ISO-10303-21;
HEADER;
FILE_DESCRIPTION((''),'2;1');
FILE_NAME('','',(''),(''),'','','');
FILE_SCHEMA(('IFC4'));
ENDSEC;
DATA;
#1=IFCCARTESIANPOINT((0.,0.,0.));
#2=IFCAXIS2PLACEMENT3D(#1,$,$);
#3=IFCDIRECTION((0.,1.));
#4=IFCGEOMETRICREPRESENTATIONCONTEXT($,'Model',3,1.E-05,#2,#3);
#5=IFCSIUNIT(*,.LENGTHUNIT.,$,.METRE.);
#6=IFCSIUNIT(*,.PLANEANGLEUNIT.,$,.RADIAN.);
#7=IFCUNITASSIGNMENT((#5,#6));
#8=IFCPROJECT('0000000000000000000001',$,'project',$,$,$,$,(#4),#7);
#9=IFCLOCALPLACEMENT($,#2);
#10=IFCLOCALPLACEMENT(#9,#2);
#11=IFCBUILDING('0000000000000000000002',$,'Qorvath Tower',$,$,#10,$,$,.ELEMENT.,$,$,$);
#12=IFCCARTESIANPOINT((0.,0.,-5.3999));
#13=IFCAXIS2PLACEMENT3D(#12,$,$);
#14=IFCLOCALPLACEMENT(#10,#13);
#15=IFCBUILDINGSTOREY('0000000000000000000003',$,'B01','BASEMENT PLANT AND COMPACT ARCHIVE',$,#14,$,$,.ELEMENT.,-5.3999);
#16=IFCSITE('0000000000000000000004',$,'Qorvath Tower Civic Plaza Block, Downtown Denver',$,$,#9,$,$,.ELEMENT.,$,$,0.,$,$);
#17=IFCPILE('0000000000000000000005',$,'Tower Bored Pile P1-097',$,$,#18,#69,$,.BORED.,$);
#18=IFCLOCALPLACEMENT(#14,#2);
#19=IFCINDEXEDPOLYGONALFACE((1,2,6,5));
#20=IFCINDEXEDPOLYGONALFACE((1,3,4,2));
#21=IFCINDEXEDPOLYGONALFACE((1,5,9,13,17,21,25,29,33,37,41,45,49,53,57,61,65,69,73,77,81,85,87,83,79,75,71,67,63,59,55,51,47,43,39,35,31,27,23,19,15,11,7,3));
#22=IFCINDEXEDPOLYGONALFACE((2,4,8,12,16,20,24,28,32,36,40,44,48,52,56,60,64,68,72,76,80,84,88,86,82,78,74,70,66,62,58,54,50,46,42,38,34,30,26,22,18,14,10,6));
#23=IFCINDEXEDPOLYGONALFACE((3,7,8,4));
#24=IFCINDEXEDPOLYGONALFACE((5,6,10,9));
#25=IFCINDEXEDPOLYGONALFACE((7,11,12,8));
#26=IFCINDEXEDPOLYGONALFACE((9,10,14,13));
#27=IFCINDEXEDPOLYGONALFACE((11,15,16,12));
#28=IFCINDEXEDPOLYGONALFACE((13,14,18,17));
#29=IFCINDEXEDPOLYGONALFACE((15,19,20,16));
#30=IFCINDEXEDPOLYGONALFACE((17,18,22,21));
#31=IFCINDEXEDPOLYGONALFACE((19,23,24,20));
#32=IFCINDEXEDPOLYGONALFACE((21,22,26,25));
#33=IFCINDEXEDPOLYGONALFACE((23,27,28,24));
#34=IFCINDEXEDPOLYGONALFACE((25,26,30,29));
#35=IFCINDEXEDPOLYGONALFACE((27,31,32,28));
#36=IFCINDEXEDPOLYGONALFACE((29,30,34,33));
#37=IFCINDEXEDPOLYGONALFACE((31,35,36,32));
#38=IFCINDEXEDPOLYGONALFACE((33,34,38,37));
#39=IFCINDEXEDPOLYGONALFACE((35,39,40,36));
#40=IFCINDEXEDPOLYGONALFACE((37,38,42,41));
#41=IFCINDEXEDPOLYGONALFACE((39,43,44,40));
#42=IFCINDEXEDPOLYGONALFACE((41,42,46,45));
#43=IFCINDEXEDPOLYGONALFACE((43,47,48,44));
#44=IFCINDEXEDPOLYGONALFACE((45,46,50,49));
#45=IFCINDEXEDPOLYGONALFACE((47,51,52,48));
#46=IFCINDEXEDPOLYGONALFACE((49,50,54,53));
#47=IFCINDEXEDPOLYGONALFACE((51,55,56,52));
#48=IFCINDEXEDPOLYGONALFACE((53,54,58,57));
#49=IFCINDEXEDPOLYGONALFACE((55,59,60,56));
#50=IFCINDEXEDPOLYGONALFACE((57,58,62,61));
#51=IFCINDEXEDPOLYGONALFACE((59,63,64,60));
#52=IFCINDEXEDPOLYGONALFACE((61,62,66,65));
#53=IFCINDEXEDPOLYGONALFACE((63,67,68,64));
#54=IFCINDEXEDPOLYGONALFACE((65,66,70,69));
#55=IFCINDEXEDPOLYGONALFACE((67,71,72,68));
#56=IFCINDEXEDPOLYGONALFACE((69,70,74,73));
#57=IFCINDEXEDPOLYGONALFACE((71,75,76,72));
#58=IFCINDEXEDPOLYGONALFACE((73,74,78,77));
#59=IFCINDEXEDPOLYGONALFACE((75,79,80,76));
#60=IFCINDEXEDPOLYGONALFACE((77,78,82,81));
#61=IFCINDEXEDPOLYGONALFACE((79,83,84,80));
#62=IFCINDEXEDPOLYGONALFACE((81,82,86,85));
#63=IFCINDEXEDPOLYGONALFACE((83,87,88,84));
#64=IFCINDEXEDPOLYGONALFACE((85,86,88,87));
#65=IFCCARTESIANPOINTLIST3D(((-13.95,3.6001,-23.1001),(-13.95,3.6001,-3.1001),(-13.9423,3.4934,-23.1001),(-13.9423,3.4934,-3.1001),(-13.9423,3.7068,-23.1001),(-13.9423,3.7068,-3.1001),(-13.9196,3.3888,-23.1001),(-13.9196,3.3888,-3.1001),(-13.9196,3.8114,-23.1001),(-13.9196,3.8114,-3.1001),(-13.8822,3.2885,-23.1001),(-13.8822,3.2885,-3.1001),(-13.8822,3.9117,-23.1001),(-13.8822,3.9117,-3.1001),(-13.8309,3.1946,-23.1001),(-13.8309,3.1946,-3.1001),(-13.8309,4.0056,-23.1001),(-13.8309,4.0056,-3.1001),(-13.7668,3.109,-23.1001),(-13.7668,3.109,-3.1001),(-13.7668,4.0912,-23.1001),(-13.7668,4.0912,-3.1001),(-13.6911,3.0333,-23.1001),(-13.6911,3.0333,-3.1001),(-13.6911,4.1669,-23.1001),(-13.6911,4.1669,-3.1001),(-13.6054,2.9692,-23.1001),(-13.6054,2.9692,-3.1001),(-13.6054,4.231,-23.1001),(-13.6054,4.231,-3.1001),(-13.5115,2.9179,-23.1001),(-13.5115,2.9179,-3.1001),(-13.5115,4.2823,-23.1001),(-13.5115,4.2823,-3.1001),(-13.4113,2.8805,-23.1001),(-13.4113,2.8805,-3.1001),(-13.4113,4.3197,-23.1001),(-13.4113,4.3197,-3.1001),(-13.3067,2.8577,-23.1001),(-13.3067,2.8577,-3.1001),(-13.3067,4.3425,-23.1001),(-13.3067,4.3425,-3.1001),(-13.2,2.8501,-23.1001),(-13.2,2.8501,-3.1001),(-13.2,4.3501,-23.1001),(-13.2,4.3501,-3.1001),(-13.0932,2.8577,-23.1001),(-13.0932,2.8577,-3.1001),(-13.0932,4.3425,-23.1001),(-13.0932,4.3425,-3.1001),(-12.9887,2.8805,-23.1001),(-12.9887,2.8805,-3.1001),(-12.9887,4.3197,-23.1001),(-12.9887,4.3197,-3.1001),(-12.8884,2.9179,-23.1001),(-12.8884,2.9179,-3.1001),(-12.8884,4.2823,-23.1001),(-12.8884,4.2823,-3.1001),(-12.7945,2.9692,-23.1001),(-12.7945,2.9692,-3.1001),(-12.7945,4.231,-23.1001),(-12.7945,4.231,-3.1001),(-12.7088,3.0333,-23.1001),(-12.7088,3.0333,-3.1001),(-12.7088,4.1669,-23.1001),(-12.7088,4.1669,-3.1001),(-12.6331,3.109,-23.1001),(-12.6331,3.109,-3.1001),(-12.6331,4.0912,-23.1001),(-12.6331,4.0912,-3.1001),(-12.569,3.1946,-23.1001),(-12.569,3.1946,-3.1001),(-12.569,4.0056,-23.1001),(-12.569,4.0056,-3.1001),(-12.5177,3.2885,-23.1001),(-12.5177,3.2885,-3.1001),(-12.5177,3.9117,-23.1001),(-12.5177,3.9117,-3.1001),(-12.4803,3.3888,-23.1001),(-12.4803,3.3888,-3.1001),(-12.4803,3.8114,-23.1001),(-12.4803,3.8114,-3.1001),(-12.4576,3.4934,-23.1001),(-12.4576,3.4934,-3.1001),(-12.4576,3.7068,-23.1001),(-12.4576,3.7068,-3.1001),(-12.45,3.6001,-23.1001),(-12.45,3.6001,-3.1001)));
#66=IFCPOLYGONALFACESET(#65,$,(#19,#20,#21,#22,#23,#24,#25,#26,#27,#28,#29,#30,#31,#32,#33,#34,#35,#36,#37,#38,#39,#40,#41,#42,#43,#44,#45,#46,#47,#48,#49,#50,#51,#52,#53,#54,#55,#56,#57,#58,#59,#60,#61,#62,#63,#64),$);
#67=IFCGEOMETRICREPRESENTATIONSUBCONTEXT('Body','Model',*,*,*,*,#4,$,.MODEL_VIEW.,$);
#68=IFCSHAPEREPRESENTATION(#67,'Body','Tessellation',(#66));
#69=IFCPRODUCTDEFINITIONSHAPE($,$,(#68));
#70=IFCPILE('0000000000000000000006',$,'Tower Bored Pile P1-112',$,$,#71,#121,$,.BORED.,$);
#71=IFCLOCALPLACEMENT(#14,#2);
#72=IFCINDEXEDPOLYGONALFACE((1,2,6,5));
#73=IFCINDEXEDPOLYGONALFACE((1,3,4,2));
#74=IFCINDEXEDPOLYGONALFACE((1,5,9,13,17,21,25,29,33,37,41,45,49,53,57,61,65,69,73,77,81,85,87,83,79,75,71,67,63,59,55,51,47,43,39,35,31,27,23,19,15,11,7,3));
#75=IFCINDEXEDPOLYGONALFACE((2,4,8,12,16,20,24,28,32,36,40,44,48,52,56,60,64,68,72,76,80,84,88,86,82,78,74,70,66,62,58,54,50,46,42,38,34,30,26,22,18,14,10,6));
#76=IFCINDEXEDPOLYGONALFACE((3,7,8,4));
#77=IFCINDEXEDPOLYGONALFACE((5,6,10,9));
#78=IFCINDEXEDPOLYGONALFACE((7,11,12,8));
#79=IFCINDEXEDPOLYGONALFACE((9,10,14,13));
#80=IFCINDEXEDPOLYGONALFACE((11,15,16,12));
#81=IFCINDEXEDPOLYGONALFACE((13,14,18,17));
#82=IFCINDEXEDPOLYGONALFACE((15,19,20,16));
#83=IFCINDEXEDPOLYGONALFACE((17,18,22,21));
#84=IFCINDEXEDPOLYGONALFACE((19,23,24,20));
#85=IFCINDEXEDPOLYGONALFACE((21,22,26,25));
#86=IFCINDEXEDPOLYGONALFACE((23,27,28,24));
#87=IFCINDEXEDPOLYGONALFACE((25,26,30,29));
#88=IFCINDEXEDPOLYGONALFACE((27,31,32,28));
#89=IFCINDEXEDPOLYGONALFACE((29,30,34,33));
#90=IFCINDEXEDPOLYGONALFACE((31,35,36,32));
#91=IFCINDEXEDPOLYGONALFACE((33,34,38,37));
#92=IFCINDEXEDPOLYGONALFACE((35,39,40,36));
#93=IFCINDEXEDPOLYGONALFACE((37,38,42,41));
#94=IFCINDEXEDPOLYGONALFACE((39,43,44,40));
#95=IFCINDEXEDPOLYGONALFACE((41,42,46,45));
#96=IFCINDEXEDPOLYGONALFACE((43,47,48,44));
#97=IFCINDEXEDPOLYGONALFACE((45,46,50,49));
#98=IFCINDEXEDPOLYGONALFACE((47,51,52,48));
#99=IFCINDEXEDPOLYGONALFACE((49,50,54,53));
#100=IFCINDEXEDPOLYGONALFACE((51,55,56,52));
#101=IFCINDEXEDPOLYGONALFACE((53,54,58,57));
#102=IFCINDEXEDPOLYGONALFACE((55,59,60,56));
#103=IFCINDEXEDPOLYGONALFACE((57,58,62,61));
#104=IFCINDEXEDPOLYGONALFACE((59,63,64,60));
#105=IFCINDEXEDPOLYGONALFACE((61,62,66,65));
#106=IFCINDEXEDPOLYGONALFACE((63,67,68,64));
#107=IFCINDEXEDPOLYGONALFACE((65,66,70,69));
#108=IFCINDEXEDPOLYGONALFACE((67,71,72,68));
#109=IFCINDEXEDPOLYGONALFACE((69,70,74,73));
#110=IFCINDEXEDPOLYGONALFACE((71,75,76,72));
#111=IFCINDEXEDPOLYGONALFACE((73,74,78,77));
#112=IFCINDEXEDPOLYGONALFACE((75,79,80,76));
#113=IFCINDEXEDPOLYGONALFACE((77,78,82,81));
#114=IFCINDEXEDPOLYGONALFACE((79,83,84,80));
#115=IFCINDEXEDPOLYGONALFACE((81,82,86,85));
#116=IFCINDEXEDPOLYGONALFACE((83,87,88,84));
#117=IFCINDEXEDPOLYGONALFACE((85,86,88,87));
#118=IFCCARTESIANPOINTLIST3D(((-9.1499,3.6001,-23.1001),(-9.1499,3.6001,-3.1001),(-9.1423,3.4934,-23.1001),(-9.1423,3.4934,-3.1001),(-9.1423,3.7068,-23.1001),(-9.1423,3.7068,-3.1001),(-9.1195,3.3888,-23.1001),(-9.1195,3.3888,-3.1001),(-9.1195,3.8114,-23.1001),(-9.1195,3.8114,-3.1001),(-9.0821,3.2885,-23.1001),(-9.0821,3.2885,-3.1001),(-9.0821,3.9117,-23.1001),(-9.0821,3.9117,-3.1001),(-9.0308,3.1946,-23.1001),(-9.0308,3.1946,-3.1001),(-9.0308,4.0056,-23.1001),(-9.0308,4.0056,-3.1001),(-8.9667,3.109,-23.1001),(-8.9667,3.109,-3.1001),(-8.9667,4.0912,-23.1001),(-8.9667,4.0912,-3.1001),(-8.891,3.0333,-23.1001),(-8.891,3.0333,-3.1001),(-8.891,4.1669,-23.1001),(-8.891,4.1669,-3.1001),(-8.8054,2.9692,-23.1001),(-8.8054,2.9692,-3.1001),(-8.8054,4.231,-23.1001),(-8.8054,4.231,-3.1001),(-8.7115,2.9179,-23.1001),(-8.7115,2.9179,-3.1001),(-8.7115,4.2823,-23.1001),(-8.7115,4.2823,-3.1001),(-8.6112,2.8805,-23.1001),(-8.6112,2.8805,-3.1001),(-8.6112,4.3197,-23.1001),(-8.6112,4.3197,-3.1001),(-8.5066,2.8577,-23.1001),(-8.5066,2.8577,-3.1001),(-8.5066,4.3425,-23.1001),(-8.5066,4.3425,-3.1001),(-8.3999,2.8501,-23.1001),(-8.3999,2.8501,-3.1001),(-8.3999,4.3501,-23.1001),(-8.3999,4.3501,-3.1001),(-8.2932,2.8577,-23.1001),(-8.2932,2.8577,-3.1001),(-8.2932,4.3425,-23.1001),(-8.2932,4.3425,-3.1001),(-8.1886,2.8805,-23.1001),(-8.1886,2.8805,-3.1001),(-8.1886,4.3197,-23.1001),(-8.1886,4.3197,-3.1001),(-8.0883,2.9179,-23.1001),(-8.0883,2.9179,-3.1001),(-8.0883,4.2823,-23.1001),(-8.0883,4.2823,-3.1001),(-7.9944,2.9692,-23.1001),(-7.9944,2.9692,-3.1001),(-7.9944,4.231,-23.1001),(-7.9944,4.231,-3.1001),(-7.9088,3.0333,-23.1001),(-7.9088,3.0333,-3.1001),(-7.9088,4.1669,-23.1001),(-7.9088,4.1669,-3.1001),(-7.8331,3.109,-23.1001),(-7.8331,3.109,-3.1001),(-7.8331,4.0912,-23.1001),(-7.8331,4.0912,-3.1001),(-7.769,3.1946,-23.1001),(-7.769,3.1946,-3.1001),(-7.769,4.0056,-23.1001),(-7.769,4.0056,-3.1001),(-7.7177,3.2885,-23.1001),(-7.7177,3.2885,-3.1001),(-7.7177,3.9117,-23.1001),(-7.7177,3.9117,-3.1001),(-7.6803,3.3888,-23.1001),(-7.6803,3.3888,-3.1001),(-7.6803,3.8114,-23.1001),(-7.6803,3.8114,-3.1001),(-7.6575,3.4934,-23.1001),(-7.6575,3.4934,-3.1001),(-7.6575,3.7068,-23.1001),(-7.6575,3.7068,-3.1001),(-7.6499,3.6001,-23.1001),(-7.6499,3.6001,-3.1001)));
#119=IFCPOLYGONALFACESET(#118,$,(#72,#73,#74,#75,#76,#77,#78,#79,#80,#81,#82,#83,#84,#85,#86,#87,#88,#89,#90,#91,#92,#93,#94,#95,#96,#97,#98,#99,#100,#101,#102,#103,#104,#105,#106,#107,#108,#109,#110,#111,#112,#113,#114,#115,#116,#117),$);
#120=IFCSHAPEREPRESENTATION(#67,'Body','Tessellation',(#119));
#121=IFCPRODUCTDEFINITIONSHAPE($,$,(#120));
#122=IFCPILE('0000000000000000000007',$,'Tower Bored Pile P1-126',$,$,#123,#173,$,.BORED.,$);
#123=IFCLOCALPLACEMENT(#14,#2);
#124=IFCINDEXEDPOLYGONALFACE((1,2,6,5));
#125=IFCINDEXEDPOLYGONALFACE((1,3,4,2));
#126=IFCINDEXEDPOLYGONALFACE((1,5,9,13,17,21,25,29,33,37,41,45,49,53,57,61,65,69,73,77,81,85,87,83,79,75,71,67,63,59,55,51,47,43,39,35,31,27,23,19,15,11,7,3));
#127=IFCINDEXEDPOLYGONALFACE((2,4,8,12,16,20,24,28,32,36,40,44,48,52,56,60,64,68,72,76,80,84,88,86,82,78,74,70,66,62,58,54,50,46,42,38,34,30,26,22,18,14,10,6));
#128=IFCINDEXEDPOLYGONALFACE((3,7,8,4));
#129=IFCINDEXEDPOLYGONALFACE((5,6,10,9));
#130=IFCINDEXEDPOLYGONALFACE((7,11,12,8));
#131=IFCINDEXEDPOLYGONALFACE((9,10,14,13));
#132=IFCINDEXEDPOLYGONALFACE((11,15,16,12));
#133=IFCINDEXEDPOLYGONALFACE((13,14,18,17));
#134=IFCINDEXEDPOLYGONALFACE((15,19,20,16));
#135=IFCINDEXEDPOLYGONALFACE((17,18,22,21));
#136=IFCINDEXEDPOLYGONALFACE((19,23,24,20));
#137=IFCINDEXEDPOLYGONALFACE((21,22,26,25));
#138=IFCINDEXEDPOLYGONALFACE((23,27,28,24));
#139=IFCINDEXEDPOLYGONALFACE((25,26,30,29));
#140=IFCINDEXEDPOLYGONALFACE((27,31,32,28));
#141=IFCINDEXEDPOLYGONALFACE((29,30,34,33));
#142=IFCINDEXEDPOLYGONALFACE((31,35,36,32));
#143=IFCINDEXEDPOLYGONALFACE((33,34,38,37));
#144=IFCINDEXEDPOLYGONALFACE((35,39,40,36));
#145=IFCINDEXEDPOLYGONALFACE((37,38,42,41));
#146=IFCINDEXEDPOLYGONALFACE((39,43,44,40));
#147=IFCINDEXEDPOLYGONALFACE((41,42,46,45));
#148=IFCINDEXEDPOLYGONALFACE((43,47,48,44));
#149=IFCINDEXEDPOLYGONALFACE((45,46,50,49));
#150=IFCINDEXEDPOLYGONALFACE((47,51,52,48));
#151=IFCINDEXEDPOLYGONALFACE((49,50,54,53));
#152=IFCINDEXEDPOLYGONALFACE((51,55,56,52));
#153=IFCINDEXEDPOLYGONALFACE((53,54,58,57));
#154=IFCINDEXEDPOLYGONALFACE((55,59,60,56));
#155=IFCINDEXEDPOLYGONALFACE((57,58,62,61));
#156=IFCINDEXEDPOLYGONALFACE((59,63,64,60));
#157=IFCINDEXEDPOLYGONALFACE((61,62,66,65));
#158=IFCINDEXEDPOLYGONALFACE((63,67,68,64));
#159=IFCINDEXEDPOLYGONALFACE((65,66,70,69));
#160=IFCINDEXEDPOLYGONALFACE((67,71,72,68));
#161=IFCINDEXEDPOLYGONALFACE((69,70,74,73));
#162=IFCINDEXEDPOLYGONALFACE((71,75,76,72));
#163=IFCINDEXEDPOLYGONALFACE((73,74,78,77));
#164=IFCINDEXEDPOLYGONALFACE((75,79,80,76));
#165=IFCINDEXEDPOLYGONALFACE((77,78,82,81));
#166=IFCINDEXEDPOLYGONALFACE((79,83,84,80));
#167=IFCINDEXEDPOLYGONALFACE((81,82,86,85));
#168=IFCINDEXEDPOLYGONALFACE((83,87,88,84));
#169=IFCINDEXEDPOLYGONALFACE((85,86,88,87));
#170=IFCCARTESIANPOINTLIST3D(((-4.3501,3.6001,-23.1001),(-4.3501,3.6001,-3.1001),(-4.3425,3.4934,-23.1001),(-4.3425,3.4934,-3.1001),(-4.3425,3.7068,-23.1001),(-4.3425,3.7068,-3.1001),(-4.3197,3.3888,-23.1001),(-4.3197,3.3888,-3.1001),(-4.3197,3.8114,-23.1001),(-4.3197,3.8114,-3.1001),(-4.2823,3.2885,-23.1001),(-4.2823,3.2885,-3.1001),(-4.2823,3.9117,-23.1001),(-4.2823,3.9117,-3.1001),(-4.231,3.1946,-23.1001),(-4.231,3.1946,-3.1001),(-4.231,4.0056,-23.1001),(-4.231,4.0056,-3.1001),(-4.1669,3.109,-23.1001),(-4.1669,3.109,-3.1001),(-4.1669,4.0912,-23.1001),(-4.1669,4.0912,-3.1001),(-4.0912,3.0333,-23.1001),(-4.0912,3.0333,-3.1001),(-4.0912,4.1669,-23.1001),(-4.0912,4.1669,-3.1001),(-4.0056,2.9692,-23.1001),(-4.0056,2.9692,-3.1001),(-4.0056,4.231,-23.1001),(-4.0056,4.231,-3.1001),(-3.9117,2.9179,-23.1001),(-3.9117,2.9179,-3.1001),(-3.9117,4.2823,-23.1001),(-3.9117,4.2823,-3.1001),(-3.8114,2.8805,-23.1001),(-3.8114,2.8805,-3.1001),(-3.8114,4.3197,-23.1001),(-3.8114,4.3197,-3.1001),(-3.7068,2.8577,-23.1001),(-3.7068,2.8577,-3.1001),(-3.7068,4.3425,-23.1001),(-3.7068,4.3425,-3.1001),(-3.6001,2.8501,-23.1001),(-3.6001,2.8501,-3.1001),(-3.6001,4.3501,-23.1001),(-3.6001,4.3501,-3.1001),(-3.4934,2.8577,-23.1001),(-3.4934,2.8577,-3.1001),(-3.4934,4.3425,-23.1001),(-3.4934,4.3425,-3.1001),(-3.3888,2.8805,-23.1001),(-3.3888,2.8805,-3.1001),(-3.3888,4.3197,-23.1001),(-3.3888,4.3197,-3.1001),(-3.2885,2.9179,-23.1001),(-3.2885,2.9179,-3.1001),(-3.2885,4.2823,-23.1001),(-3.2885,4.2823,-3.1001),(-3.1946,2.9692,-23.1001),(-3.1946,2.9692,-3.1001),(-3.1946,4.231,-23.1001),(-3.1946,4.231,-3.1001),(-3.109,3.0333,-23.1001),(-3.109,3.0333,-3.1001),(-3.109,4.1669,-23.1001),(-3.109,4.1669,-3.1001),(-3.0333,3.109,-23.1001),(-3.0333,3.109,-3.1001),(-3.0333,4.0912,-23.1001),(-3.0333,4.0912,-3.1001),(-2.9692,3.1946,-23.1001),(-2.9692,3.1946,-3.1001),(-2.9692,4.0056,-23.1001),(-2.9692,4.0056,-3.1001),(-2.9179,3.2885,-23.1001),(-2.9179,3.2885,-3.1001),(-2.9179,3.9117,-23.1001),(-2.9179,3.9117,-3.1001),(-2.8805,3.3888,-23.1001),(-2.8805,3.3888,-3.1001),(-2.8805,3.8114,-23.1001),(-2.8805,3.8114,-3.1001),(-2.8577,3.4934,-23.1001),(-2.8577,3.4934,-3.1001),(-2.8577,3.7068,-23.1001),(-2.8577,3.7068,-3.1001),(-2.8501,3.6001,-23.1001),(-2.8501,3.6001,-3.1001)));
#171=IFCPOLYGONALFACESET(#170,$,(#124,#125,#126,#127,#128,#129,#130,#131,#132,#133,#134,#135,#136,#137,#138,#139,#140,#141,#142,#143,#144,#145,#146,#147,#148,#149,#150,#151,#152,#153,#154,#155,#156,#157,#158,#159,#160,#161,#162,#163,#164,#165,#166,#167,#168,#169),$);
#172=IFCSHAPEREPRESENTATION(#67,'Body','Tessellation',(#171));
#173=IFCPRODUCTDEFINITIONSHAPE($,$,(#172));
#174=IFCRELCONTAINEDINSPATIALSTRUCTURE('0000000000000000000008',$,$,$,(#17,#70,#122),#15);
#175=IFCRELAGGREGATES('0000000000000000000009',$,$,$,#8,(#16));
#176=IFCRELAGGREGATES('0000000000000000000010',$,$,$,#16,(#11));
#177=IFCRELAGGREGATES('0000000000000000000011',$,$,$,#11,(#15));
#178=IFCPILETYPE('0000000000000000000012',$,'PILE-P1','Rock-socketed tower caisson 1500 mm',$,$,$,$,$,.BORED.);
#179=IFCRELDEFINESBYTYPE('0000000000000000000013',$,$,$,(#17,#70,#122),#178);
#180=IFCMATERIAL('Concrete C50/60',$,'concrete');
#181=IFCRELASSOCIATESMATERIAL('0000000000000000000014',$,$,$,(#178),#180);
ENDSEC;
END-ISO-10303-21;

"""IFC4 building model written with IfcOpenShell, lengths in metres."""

from ifc_helpers import new_model, si_unit, direction, frame, origin, origin_2d, place, context, subcontext, project, spatial, circle, extrude, material, material_profile, profile_set, type_object, element, save


model = new_model("IFC4")

# Units and contexts
model_context = context("Model", 3, precision=1e-05, world=origin(), true_north=direction((0.0, 1.0)))
body_context = subcontext(model_context, "Body", "Model", "MODEL_VIEW")
ifc_project = project(units=[si_unit("LENGTHUNIT", "METRE"), si_unit("PLANEANGLEUNIT", "RADIAN")], contexts=[model_context])

# Site, building, storey
site_placement = place(None, origin())
site = spatial("IfcSite", under=ifc_project, at=site_placement, Name="Qorvath Tower Civic Plaza Block, Downtown Denver", CompositionType="ELEMENT", RefElevation=0.0)
building_placement = place(site_placement, origin())
building = spatial("IfcBuilding", under=site, at=building_placement, Name="Qorvath Tower", CompositionType="ELEMENT")
storey_placement = place(building_placement, frame((0.0, 0.0, -5.3999)))
storey = spatial("IfcBuildingStorey", under=building, at=storey_placement, Name="B01", Description="BASEMENT PLANT AND COMPACT ARCHIVE", CompositionType="ELEMENT", Elevation=-5.3999)

# Piles
ifc_material_1 = material(Name="Concrete C50/60", Category="concrete")
ifc_material_profile_1 = material_profile(ifc_material_1, circle(Radius=0.75, at=origin_2d()), Name="BORED PILE 1500")
ifc_profile_set_1 = profile_set([ifc_material_profile_1], Name="Concrete C50/60")
pile_type = type_object("IfcPileType", Name="PILE-P1", Description="Rock-socketed tower caisson 1500 mm", PredefinedType="BORED", material=ifc_profile_set_1)
for number, where, z_axis, x_axis, name in (
    (1, (-13.2, 3.6001, -3.1001), (0.0, 0.0, -1.0), (1.0, 0.0, 0.0), "Tower Bored Pile P1-097"),
    (2, (-8.3999, 3.6001, -3.1001), (0.0, 0.0, -1.0), (1.0, 0.0, 0.0), "Tower Bored Pile P1-112"),
    (3, (-3.6001, 3.6001, -3.1001), (0.0, 0.0, -1.0), (1.0, 0.0, 0.0), "Tower Bored Pile P1-126"),
):
    element("IfcPile", number, at=place(storey_placement, frame(where, z_axis=z_axis, x_axis=x_axis)), inside=storey, type_object=pile_type, Name=name, PredefinedType="BORED", context=body_context, shape_type="SweptSolid", body=[
        extrude(circle(Radius=0.75, at=origin_2d()), origin(), (0.0, 0.0, 1.0), 20.0),
    ])

save(model, "model.ifc")
